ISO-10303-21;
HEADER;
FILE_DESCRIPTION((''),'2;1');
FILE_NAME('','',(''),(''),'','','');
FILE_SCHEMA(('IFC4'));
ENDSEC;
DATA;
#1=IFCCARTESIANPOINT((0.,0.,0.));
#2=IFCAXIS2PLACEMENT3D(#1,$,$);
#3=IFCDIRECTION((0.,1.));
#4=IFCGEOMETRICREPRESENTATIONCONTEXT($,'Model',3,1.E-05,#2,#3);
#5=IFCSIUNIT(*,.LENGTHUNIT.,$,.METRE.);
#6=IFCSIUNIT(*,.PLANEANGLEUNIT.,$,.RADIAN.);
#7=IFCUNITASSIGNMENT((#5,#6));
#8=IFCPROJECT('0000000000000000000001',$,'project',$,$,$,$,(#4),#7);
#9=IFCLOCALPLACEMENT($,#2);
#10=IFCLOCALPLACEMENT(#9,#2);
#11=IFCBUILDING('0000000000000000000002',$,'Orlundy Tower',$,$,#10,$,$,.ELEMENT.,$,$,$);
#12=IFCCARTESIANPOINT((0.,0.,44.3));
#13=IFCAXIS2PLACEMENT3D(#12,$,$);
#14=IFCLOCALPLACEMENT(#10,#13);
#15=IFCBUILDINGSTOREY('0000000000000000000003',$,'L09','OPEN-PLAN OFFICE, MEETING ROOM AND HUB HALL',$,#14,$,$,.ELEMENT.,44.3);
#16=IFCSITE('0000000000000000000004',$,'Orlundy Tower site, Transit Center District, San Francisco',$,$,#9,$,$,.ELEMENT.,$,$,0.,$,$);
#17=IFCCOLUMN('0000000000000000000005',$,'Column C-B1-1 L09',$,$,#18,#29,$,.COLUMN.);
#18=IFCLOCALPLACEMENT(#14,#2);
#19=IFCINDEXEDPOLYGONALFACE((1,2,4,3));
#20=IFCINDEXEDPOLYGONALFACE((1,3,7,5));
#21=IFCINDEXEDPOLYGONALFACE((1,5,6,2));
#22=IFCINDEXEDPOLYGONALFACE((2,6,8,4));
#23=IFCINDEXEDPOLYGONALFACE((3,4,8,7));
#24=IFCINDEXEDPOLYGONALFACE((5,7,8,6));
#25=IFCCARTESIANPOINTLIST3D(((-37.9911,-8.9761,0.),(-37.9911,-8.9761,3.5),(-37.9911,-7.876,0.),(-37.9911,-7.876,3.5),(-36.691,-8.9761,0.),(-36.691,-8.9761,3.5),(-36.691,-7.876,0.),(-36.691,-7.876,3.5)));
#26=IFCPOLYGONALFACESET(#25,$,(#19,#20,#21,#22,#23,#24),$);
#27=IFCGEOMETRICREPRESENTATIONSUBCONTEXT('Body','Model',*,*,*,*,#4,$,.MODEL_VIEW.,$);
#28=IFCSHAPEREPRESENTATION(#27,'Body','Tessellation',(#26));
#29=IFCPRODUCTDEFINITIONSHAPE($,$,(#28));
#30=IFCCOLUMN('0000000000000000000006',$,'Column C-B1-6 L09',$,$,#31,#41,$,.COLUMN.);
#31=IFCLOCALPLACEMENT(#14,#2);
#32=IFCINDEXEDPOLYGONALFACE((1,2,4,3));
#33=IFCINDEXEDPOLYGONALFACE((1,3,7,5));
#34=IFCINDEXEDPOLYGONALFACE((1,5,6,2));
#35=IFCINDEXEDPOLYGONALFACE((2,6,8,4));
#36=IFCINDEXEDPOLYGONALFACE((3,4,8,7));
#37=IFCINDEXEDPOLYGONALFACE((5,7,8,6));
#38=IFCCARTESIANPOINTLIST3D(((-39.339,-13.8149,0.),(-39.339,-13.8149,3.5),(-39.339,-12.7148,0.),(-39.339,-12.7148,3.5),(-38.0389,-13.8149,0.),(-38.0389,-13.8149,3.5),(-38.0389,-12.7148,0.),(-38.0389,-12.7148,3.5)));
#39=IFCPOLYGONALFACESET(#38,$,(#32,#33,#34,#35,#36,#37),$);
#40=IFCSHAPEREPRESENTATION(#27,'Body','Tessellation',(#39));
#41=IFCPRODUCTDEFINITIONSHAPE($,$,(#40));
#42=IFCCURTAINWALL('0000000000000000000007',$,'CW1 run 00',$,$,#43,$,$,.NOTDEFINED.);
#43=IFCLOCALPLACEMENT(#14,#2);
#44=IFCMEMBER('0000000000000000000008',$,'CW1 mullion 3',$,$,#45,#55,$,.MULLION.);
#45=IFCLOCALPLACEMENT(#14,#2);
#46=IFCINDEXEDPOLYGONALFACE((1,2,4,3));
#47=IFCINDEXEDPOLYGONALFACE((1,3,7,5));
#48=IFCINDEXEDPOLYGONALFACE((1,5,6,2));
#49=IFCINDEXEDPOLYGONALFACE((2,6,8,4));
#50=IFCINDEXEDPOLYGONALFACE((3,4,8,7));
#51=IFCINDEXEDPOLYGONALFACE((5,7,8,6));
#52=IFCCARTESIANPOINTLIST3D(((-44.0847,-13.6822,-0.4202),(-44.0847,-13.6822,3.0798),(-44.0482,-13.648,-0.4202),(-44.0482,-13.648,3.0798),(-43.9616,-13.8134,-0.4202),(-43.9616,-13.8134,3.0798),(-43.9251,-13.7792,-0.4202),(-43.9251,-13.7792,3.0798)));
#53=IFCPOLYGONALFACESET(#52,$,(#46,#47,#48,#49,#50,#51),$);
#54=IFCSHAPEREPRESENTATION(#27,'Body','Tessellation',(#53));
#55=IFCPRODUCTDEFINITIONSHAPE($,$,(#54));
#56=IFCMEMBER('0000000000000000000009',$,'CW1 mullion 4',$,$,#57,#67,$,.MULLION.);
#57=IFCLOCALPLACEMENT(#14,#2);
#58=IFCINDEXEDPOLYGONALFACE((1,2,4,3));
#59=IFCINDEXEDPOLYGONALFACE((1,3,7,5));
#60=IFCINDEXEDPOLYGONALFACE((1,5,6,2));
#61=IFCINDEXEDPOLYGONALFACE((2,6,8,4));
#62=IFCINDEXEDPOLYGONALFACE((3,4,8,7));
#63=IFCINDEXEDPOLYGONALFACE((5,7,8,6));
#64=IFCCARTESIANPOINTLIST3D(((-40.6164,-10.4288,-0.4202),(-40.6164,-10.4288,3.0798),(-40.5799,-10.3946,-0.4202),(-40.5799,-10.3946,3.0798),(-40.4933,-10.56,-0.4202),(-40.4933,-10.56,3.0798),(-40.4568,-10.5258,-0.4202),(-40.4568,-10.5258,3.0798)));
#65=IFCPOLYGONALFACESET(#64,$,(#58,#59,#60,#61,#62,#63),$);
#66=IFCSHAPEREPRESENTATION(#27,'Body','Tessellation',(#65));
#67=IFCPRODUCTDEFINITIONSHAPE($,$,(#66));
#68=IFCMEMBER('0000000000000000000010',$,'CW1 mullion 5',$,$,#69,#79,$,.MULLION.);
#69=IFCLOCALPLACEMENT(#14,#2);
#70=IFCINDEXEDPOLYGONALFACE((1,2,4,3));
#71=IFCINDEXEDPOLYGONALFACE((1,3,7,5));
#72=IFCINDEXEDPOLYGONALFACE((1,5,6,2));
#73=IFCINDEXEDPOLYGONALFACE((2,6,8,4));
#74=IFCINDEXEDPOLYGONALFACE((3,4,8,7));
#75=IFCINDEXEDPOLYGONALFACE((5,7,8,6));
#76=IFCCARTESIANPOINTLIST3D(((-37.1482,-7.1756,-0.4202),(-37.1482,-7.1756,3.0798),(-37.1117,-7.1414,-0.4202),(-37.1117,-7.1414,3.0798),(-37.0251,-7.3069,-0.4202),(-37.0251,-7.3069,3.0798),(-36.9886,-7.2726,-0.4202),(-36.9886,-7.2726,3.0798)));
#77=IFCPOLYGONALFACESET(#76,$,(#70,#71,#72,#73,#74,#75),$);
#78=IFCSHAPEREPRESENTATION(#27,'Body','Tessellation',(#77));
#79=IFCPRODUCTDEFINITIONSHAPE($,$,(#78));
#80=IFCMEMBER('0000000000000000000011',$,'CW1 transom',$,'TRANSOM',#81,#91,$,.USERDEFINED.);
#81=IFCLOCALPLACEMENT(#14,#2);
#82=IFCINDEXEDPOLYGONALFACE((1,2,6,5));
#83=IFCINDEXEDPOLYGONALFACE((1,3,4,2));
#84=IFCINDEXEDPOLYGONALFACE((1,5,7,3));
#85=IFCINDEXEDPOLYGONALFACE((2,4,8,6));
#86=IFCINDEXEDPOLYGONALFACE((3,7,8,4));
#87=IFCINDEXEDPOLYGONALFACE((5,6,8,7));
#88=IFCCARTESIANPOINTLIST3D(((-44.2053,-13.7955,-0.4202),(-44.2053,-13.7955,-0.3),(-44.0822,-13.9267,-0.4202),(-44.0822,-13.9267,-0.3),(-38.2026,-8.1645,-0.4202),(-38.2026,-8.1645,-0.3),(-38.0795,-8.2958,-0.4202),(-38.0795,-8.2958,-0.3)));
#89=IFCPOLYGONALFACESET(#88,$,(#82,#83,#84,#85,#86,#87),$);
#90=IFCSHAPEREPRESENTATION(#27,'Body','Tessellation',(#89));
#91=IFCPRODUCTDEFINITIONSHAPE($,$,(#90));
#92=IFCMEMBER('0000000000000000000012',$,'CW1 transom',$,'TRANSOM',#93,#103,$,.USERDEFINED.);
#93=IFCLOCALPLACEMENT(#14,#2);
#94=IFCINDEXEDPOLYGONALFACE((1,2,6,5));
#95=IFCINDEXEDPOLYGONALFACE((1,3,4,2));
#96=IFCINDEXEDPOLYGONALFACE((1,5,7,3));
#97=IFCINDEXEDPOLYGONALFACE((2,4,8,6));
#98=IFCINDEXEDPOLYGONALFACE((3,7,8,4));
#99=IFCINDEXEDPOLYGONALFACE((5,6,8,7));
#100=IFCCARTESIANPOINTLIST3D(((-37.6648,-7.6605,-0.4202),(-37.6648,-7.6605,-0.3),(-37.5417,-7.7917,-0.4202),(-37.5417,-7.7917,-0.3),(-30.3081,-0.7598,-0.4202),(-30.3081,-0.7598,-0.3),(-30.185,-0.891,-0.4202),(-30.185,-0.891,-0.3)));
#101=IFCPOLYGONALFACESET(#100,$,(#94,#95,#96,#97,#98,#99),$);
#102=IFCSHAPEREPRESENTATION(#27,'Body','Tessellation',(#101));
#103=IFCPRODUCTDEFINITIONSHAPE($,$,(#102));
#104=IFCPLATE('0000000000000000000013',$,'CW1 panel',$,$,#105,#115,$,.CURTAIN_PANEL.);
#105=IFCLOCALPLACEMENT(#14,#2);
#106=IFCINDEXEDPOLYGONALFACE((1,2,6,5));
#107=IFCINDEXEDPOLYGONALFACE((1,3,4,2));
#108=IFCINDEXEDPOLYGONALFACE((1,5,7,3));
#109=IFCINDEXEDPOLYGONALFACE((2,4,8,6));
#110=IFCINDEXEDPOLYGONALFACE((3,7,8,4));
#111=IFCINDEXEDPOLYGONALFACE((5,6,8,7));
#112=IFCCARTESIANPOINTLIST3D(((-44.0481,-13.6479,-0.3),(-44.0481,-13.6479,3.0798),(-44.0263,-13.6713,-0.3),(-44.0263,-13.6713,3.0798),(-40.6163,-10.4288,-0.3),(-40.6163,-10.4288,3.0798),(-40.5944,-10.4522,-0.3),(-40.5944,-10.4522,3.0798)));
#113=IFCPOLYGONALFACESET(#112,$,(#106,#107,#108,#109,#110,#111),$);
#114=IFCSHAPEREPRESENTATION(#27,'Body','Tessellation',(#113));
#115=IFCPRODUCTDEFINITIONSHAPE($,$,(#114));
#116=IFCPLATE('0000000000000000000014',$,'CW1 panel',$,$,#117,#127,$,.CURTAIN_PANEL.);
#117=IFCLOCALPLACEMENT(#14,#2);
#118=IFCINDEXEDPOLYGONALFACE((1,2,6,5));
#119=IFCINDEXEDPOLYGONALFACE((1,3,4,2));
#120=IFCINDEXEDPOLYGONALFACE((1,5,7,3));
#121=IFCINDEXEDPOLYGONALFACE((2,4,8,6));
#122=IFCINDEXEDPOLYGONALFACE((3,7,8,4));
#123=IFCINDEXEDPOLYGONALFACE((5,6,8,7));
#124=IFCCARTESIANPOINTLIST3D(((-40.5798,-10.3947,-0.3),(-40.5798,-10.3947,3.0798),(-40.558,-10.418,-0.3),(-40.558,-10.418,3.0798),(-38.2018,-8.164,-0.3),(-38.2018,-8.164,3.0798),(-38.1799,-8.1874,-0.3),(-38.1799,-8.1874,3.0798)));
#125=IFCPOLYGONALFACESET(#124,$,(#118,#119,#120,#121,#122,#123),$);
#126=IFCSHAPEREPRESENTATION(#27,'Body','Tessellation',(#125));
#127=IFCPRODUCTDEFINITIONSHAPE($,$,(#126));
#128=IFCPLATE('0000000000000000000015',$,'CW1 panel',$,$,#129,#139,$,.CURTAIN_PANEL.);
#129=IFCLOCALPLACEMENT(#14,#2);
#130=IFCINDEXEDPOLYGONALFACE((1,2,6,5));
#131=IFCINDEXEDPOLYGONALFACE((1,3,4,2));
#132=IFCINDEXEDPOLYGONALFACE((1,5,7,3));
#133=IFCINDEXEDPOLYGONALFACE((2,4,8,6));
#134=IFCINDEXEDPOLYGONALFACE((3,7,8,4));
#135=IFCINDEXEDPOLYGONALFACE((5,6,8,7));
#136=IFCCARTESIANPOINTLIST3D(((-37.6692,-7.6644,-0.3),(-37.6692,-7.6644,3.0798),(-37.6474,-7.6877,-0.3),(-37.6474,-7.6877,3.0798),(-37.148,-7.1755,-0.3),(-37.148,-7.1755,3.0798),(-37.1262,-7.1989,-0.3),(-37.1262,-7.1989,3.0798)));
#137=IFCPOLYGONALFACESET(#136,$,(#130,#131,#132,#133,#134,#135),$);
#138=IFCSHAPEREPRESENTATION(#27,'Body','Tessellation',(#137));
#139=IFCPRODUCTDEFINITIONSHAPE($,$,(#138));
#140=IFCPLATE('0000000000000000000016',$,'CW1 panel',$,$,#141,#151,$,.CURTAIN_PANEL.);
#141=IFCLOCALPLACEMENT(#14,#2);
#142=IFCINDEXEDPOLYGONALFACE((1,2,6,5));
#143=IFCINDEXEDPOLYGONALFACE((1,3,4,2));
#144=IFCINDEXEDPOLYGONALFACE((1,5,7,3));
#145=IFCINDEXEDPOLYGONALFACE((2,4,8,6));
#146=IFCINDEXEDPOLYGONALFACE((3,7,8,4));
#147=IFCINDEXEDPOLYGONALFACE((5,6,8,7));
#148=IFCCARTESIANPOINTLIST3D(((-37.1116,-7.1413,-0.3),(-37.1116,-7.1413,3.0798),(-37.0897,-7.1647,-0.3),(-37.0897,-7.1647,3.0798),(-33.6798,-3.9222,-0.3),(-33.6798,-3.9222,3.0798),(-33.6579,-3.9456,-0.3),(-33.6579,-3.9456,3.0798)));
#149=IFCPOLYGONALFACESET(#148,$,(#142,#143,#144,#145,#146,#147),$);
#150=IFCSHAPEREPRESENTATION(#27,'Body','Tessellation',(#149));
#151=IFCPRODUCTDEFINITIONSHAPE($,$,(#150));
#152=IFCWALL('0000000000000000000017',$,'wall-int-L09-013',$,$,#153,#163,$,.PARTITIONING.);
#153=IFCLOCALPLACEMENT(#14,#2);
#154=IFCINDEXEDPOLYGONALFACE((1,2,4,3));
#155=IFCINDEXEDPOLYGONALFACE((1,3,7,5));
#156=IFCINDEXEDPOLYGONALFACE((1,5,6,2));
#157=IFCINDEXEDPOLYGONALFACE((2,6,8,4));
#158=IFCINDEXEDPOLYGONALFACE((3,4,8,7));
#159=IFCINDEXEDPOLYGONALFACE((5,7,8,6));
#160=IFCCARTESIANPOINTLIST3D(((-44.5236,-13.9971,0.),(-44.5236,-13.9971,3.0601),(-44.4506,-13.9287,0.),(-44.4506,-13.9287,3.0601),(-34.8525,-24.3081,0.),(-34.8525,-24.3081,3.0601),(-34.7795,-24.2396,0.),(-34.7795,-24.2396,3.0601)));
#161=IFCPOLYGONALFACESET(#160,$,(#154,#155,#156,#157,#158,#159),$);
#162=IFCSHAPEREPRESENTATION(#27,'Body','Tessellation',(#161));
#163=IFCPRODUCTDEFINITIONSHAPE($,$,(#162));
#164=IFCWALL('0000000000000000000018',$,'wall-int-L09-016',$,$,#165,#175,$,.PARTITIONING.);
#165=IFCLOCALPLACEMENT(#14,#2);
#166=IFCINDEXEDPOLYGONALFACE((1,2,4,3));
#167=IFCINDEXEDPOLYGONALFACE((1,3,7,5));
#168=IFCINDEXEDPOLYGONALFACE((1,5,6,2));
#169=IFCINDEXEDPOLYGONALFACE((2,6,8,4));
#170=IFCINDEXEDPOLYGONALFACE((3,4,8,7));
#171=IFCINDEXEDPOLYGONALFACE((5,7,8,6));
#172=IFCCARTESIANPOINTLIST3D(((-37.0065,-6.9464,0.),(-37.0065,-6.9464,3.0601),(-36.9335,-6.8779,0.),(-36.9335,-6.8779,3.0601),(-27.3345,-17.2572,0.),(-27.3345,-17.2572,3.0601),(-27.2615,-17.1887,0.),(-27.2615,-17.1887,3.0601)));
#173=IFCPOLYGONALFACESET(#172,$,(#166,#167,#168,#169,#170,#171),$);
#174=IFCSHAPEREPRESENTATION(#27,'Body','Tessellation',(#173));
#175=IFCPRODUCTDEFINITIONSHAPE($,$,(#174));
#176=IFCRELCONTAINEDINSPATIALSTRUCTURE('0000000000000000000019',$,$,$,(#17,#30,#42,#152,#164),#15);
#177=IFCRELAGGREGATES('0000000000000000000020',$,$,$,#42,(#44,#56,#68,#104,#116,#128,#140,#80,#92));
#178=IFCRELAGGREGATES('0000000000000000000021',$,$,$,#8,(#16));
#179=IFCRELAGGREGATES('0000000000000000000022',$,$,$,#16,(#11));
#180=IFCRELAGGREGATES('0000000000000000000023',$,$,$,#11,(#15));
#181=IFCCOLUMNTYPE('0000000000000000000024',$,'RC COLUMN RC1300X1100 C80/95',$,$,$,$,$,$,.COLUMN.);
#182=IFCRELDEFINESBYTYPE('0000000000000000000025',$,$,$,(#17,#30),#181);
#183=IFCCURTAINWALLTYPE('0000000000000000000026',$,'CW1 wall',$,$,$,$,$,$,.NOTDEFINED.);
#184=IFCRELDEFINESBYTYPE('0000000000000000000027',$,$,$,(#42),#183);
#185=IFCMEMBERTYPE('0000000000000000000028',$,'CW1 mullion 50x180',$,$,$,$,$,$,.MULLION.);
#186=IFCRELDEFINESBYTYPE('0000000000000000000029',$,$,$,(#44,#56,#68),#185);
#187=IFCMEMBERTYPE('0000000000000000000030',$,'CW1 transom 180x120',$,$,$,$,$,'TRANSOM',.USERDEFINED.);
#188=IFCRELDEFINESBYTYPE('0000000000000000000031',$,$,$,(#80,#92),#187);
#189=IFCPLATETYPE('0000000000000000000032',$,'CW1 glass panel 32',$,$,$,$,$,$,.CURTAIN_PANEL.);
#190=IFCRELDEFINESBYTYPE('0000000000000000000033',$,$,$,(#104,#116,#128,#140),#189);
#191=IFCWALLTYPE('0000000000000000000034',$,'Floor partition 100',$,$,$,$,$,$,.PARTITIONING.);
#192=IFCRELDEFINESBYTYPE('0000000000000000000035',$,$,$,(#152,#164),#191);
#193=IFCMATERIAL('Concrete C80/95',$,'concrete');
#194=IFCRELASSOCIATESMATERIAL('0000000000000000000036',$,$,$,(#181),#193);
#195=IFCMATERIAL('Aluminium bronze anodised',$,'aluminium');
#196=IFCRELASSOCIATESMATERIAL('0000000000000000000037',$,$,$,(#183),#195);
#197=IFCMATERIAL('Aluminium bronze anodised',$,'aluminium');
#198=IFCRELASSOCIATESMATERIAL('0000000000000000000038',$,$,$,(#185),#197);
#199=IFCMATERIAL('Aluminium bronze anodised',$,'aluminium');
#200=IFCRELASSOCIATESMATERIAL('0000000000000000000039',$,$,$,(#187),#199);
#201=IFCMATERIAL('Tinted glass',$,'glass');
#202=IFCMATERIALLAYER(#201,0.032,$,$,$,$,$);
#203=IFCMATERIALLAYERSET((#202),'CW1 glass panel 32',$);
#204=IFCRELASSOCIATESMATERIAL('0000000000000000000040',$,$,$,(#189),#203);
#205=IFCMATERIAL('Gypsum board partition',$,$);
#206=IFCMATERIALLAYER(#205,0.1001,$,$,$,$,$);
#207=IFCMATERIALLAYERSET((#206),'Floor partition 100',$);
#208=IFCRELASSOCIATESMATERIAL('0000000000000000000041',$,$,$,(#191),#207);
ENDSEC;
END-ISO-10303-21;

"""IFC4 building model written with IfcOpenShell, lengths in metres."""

from ifc_helpers import new_model, si_unit, direction, frame, frame_2d, origin, origin_2d, place, context, subcontext, project, spatial, rectangle, extrude, material, layer, layer_set, material_profile, profile_set, type_object, element, aggregate, save


model = new_model("IFC4")

# Units and contexts
model_context = context("Model", 3, precision=1e-05, world=origin(), true_north=direction((0.0, 1.0)))
body_context = subcontext(model_context, "Body", "Model", "MODEL_VIEW")
ifc_project = project(units=[si_unit("LENGTHUNIT", "METRE"), si_unit("PLANEANGLEUNIT", "RADIAN")], contexts=[model_context])

# Site, building, storey
site_placement = place(None, origin())
site = spatial("IfcSite", under=ifc_project, at=site_placement, Name="Orlundy Tower site, Transit Center District, San Francisco", CompositionType="ELEMENT", RefElevation=0.0)
building_placement = place(site_placement, origin())
building = spatial("IfcBuilding", under=site, at=building_placement, Name="Orlundy Tower", CompositionType="ELEMENT")
storey_placement = place(building_placement, frame((0.0, 0.0, 44.3)))
storey = spatial("IfcBuildingStorey", under=building, at=storey_placement, Name="L09", Description="OPEN-PLAN OFFICE, MEETING ROOM AND HUB HALL", CompositionType="ELEMENT", Elevation=44.3)

# Columns
ifc_material_1 = material(Name="Concrete C80/95", Category="concrete")
ifc_material_profile_1 = material_profile(ifc_material_1, rectangle(XDim=1.3, YDim=1.1001, at=origin_2d()), Name="RC1300X1100")
ifc_profile_set_1 = profile_set([ifc_material_profile_1], Name="Concrete C80/95")
column_type = type_object("IfcColumnType", Name="RC COLUMN RC1300X1100 C80/95", PredefinedType="COLUMN", material=ifc_profile_set_1)
for number, where, z_axis, x_axis, name in (
    (1, (-37.3411, -8.426, 0.0), (0.0, 0.0, 1.0), (1.0, 0.0, 0.0), "Column C-B1-1 L09"),
    (2, (-38.689, -13.2649, 0.0), (0.0, 0.0, 1.0), (1.0, 0.0, 0.0), "Column C-B1-6 L09"),
):
    element("IfcColumn", number, at=place(storey_placement, frame(where, z_axis=z_axis, x_axis=x_axis)), inside=storey, type_object=column_type, Name=name, PredefinedType="COLUMN", context=body_context, shape_type="SweptSolid", body=[
        extrude(rectangle(XDim=1.3, YDim=1.1001, at=origin_2d()), origin(), (0.0, 0.0, 1.0), 3.5),
    ])

# Curtain wall, members, plates
ifc_material_2 = material(Name="Aluminium bronze anodised", Category="aluminium")
curtain_wall_type = type_object("IfcCurtainWallType", Name="CW1 wall", PredefinedType="NOTDEFINED", material=ifc_material_2)
curtain_wall_placement = place(storey_placement, origin())
curtain_wall = element("IfcCurtainWall", 3, at=curtain_wall_placement, inside=storey, type_object=curtain_wall_type, Name="CW1 run 00", PredefinedType="NOTDEFINED")
ifc_material_3 = material(Name="Aluminium bronze anodised", Category="aluminium")
ifc_material_profile_2 = material_profile(ifc_material_3, rectangle(XDim=0.1799, YDim=0.05, at=origin_2d()), Name="CW1 mullion 50x180")
ifc_profile_set_2 = profile_set([ifc_material_profile_2], Name="Aluminium bronze anodised")
member_type_1 = type_object("IfcMemberType", Name="CW1 mullion 50x180", PredefinedType="MULLION", material=ifc_profile_set_2)
member_1_placement = place(storey_placement, frame((-44.0049, -13.7307, -0.4202), z_axis=(0.0, 0.0, 1.0), x_axis=(-0.684139, 0.729351, 0.0)))
member_1 = element("IfcMember", 4, at=member_1_placement, type_object=member_type_1, Name="CW1 mullion 3", PredefinedType="MULLION", context=body_context, shape_type="SweptSolid", body=[
    extrude(rectangle(XDim=0.1799, YDim=0.05, at=origin_2d()), origin(), (0.0, 0.0, 1.0), 3.5),
])
member_2_placement = place(storey_placement, frame((-40.5366, -10.4773, -0.4202), z_axis=(0.0, 0.0, 1.0), x_axis=(-0.684139, 0.729351, 0.0)))
member_2 = element("IfcMember", 5, at=member_2_placement, type_object=member_type_1, Name="CW1 mullion 4", PredefinedType="MULLION", context=body_context, shape_type="SweptSolid", body=[
    extrude(rectangle(XDim=0.1799, YDim=0.05, at=origin_2d()), origin(), (0.0, 0.0, 1.0), 3.5),
])
member_3_placement = place(storey_placement, frame((-37.0684, -7.2241, -0.4202), z_axis=(0.0, 0.0, 1.0), x_axis=(-0.684139, 0.729351, 0.0)))
member_3 = element("IfcMember", 6, at=member_3_placement, type_object=member_type_1, Name="CW1 mullion 5", PredefinedType="MULLION", context=body_context, shape_type="SweptSolid", body=[
    extrude(rectangle(XDim=0.1799, YDim=0.05, at=origin_2d()), origin(), (0.0, 0.0, 1.0), 3.5),
])
ifc_material_4 = material(Name="Aluminium bronze anodised", Category="aluminium")
ifc_material_profile_3 = material_profile(ifc_material_4, rectangle(XDim=0.1799, YDim=0.1201, at=origin_2d()), Name="CW1 transom 180x120")
ifc_profile_set_3 = profile_set([ifc_material_profile_3], Name="Aluminium bronze anodised")
member_type_2 = type_object("IfcMemberType", Name="CW1 transom 180x120", ElementType="TRANSOM", PredefinedType="USERDEFINED", material=ifc_profile_set_3)
member_4_placement = place(storey_placement, frame((-44.1438, -13.8611, -0.3601), z_axis=(0.729335, 0.684157, 0.0), x_axis=(-0.684157, 0.729335, 0.0)))
member_4 = element("IfcMember", 7, at=member_4_placement, type_object=member_type_2, Name="CW1 transom", ObjectType="TRANSOM", PredefinedType="USERDEFINED", context=body_context, shape_type="SweptSolid", body=[
    extrude(rectangle(XDim=0.1799, YDim=0.1201, at=origin_2d()), origin(), (0.0, 0.0, 1.0), 8.2305),
])
member_5_placement = place(storey_placement, frame((-37.6033, -7.7261, -0.3601), z_axis=(0.729352, 0.684138, 0.0), x_axis=(-0.684138, 0.729352, 0.0)))
member_5 = element("IfcMember", 8, at=member_5_placement, type_object=member_type_2, Name="CW1 transom", ObjectType="TRANSOM", PredefinedType="USERDEFINED", context=body_context, shape_type="SweptSolid", body=[
    extrude(rectangle(XDim=0.1799, YDim=0.1201, at=origin_2d()), origin(), (0.0, 0.0, 1.0), 10.0867),
])
ifc_material_5 = material(Name="Tinted glass", Category="glass")
ifc_layer_1 = layer(ifc_material_5, 0.032)
ifc_layer_set_1 = layer_set([ifc_layer_1], Name="CW1 glass panel 32")
plate_type = type_object("IfcPlateType", Name="CW1 glass panel 32", PredefinedType="CURTAIN_PANEL", material=ifc_layer_set_1)
plate_1_placement = place(storey_placement, frame((-42.3213, -12.05, -0.3), z_axis=(0.0, 0.0, 1.0), x_axis=(0.729351, 0.684139, 0.0)))
plate_1 = element("IfcPlate", 9, at=plate_1_placement, type_object=plate_type, Name="CW1 panel", PredefinedType="CURTAIN_PANEL", context=body_context, shape_type="SweptSolid", body=[
    extrude(rectangle(XDim=4.7053, YDim=0.032, at=origin_2d()), origin(), (0.0, 0.0, 1.0), 3.3799),
])
plate_2_placement = place(storey_placement, frame((-39.3799, -9.291, -0.3), z_axis=(0.0, 0.0, 1.0), x_axis=(0.729351, 0.684139, 0.0)))
plate_2 = element("IfcPlate", 10, at=plate_2_placement, type_object=plate_type, Name="CW1 panel", PredefinedType="CURTAIN_PANEL", context=body_context, shape_type="SweptSolid", body=[
    extrude(rectangle(XDim=3.2605, YDim=0.032, at=origin_2d()), origin(), (0.0, 0.0, 1.0), 3.3799),
])
plate_3_placement = place(storey_placement, frame((-37.3977, -7.4316, -0.3), z_axis=(0.0, 0.0, 1.0), x_axis=(0.729351, 0.684139, 0.0)))
plate_3 = element("IfcPlate", 11, at=plate_3_placement, type_object=plate_type, Name="CW1 panel", PredefinedType="CURTAIN_PANEL", context=body_context, shape_type="SweptSolid", body=[
    extrude(rectangle(XDim=0.7146, YDim=0.032, at=origin_2d()), origin(), (0.0, 0.0, 1.0), 3.3799),
])
plate_4_placement = place(storey_placement, frame((-35.3848, -5.5435, -0.3), z_axis=(0.0, 0.0, 1.0), x_axis=(0.729351, 0.684139, 0.0)))
plate_4 = element("IfcPlate", 12, at=plate_4_placement, type_object=plate_type, Name="CW1 panel", PredefinedType="CURTAIN_PANEL", context=body_context, shape_type="SweptSolid", body=[
    extrude(rectangle(XDim=4.7053, YDim=0.032, at=origin_2d()), origin(), (0.0, 0.0, 1.0), 3.3799),
])
aggregate(curtain_wall, [member_1, member_2, member_3, plate_1, plate_2, plate_3, plate_4, member_4, member_5])

# Walls
ifc_material_6 = material(Name="Gypsum board partition")
ifc_layer_2 = layer(ifc_material_6, 0.1001)
ifc_layer_set_2 = layer_set([ifc_layer_2], Name="Floor partition 100")
wall_type = type_object("IfcWallType", Name="Floor partition 100", PredefinedType="PARTITIONING", material=ifc_layer_set_2)
wall_1_placement = place(storey_placement, frame((-44.4871, -13.9629, 0.0), z_axis=(0.0, 0.0, 1.0), x_axis=(0.684112, -0.729377, 0.0)))
element("IfcWall", 13, at=wall_1_placement, inside=storey, type_object=wall_type, Name="wall-int-L09-013", PredefinedType="PARTITIONING", context=body_context, shape_type="SweptSolid", body=[
    extrude(rectangle(XDim=14.1367, YDim=0.1001, at=frame_2d((7.0684, 0.0))), origin(), (0.0, 0.0, 1.0), 3.0601),
])
wall_2_placement = place(storey_placement, frame((-36.97, -6.9121, 0.0), z_axis=(0.0, 0.0, 1.0), x_axis=(0.684148, -0.729343, 0.0)))
element("IfcWall", 14, at=wall_2_placement, inside=storey, type_object=wall_type, Name="wall-int-L09-016", PredefinedType="PARTITIONING", context=body_context, shape_type="SweptSolid", body=[
    extrude(rectangle(XDim=14.1372, YDim=0.1001, at=frame_2d((7.0686, 0.0))), origin(), (0.0, 0.0, 1.0), 3.0601),
])

save(model, "model.ifc")
